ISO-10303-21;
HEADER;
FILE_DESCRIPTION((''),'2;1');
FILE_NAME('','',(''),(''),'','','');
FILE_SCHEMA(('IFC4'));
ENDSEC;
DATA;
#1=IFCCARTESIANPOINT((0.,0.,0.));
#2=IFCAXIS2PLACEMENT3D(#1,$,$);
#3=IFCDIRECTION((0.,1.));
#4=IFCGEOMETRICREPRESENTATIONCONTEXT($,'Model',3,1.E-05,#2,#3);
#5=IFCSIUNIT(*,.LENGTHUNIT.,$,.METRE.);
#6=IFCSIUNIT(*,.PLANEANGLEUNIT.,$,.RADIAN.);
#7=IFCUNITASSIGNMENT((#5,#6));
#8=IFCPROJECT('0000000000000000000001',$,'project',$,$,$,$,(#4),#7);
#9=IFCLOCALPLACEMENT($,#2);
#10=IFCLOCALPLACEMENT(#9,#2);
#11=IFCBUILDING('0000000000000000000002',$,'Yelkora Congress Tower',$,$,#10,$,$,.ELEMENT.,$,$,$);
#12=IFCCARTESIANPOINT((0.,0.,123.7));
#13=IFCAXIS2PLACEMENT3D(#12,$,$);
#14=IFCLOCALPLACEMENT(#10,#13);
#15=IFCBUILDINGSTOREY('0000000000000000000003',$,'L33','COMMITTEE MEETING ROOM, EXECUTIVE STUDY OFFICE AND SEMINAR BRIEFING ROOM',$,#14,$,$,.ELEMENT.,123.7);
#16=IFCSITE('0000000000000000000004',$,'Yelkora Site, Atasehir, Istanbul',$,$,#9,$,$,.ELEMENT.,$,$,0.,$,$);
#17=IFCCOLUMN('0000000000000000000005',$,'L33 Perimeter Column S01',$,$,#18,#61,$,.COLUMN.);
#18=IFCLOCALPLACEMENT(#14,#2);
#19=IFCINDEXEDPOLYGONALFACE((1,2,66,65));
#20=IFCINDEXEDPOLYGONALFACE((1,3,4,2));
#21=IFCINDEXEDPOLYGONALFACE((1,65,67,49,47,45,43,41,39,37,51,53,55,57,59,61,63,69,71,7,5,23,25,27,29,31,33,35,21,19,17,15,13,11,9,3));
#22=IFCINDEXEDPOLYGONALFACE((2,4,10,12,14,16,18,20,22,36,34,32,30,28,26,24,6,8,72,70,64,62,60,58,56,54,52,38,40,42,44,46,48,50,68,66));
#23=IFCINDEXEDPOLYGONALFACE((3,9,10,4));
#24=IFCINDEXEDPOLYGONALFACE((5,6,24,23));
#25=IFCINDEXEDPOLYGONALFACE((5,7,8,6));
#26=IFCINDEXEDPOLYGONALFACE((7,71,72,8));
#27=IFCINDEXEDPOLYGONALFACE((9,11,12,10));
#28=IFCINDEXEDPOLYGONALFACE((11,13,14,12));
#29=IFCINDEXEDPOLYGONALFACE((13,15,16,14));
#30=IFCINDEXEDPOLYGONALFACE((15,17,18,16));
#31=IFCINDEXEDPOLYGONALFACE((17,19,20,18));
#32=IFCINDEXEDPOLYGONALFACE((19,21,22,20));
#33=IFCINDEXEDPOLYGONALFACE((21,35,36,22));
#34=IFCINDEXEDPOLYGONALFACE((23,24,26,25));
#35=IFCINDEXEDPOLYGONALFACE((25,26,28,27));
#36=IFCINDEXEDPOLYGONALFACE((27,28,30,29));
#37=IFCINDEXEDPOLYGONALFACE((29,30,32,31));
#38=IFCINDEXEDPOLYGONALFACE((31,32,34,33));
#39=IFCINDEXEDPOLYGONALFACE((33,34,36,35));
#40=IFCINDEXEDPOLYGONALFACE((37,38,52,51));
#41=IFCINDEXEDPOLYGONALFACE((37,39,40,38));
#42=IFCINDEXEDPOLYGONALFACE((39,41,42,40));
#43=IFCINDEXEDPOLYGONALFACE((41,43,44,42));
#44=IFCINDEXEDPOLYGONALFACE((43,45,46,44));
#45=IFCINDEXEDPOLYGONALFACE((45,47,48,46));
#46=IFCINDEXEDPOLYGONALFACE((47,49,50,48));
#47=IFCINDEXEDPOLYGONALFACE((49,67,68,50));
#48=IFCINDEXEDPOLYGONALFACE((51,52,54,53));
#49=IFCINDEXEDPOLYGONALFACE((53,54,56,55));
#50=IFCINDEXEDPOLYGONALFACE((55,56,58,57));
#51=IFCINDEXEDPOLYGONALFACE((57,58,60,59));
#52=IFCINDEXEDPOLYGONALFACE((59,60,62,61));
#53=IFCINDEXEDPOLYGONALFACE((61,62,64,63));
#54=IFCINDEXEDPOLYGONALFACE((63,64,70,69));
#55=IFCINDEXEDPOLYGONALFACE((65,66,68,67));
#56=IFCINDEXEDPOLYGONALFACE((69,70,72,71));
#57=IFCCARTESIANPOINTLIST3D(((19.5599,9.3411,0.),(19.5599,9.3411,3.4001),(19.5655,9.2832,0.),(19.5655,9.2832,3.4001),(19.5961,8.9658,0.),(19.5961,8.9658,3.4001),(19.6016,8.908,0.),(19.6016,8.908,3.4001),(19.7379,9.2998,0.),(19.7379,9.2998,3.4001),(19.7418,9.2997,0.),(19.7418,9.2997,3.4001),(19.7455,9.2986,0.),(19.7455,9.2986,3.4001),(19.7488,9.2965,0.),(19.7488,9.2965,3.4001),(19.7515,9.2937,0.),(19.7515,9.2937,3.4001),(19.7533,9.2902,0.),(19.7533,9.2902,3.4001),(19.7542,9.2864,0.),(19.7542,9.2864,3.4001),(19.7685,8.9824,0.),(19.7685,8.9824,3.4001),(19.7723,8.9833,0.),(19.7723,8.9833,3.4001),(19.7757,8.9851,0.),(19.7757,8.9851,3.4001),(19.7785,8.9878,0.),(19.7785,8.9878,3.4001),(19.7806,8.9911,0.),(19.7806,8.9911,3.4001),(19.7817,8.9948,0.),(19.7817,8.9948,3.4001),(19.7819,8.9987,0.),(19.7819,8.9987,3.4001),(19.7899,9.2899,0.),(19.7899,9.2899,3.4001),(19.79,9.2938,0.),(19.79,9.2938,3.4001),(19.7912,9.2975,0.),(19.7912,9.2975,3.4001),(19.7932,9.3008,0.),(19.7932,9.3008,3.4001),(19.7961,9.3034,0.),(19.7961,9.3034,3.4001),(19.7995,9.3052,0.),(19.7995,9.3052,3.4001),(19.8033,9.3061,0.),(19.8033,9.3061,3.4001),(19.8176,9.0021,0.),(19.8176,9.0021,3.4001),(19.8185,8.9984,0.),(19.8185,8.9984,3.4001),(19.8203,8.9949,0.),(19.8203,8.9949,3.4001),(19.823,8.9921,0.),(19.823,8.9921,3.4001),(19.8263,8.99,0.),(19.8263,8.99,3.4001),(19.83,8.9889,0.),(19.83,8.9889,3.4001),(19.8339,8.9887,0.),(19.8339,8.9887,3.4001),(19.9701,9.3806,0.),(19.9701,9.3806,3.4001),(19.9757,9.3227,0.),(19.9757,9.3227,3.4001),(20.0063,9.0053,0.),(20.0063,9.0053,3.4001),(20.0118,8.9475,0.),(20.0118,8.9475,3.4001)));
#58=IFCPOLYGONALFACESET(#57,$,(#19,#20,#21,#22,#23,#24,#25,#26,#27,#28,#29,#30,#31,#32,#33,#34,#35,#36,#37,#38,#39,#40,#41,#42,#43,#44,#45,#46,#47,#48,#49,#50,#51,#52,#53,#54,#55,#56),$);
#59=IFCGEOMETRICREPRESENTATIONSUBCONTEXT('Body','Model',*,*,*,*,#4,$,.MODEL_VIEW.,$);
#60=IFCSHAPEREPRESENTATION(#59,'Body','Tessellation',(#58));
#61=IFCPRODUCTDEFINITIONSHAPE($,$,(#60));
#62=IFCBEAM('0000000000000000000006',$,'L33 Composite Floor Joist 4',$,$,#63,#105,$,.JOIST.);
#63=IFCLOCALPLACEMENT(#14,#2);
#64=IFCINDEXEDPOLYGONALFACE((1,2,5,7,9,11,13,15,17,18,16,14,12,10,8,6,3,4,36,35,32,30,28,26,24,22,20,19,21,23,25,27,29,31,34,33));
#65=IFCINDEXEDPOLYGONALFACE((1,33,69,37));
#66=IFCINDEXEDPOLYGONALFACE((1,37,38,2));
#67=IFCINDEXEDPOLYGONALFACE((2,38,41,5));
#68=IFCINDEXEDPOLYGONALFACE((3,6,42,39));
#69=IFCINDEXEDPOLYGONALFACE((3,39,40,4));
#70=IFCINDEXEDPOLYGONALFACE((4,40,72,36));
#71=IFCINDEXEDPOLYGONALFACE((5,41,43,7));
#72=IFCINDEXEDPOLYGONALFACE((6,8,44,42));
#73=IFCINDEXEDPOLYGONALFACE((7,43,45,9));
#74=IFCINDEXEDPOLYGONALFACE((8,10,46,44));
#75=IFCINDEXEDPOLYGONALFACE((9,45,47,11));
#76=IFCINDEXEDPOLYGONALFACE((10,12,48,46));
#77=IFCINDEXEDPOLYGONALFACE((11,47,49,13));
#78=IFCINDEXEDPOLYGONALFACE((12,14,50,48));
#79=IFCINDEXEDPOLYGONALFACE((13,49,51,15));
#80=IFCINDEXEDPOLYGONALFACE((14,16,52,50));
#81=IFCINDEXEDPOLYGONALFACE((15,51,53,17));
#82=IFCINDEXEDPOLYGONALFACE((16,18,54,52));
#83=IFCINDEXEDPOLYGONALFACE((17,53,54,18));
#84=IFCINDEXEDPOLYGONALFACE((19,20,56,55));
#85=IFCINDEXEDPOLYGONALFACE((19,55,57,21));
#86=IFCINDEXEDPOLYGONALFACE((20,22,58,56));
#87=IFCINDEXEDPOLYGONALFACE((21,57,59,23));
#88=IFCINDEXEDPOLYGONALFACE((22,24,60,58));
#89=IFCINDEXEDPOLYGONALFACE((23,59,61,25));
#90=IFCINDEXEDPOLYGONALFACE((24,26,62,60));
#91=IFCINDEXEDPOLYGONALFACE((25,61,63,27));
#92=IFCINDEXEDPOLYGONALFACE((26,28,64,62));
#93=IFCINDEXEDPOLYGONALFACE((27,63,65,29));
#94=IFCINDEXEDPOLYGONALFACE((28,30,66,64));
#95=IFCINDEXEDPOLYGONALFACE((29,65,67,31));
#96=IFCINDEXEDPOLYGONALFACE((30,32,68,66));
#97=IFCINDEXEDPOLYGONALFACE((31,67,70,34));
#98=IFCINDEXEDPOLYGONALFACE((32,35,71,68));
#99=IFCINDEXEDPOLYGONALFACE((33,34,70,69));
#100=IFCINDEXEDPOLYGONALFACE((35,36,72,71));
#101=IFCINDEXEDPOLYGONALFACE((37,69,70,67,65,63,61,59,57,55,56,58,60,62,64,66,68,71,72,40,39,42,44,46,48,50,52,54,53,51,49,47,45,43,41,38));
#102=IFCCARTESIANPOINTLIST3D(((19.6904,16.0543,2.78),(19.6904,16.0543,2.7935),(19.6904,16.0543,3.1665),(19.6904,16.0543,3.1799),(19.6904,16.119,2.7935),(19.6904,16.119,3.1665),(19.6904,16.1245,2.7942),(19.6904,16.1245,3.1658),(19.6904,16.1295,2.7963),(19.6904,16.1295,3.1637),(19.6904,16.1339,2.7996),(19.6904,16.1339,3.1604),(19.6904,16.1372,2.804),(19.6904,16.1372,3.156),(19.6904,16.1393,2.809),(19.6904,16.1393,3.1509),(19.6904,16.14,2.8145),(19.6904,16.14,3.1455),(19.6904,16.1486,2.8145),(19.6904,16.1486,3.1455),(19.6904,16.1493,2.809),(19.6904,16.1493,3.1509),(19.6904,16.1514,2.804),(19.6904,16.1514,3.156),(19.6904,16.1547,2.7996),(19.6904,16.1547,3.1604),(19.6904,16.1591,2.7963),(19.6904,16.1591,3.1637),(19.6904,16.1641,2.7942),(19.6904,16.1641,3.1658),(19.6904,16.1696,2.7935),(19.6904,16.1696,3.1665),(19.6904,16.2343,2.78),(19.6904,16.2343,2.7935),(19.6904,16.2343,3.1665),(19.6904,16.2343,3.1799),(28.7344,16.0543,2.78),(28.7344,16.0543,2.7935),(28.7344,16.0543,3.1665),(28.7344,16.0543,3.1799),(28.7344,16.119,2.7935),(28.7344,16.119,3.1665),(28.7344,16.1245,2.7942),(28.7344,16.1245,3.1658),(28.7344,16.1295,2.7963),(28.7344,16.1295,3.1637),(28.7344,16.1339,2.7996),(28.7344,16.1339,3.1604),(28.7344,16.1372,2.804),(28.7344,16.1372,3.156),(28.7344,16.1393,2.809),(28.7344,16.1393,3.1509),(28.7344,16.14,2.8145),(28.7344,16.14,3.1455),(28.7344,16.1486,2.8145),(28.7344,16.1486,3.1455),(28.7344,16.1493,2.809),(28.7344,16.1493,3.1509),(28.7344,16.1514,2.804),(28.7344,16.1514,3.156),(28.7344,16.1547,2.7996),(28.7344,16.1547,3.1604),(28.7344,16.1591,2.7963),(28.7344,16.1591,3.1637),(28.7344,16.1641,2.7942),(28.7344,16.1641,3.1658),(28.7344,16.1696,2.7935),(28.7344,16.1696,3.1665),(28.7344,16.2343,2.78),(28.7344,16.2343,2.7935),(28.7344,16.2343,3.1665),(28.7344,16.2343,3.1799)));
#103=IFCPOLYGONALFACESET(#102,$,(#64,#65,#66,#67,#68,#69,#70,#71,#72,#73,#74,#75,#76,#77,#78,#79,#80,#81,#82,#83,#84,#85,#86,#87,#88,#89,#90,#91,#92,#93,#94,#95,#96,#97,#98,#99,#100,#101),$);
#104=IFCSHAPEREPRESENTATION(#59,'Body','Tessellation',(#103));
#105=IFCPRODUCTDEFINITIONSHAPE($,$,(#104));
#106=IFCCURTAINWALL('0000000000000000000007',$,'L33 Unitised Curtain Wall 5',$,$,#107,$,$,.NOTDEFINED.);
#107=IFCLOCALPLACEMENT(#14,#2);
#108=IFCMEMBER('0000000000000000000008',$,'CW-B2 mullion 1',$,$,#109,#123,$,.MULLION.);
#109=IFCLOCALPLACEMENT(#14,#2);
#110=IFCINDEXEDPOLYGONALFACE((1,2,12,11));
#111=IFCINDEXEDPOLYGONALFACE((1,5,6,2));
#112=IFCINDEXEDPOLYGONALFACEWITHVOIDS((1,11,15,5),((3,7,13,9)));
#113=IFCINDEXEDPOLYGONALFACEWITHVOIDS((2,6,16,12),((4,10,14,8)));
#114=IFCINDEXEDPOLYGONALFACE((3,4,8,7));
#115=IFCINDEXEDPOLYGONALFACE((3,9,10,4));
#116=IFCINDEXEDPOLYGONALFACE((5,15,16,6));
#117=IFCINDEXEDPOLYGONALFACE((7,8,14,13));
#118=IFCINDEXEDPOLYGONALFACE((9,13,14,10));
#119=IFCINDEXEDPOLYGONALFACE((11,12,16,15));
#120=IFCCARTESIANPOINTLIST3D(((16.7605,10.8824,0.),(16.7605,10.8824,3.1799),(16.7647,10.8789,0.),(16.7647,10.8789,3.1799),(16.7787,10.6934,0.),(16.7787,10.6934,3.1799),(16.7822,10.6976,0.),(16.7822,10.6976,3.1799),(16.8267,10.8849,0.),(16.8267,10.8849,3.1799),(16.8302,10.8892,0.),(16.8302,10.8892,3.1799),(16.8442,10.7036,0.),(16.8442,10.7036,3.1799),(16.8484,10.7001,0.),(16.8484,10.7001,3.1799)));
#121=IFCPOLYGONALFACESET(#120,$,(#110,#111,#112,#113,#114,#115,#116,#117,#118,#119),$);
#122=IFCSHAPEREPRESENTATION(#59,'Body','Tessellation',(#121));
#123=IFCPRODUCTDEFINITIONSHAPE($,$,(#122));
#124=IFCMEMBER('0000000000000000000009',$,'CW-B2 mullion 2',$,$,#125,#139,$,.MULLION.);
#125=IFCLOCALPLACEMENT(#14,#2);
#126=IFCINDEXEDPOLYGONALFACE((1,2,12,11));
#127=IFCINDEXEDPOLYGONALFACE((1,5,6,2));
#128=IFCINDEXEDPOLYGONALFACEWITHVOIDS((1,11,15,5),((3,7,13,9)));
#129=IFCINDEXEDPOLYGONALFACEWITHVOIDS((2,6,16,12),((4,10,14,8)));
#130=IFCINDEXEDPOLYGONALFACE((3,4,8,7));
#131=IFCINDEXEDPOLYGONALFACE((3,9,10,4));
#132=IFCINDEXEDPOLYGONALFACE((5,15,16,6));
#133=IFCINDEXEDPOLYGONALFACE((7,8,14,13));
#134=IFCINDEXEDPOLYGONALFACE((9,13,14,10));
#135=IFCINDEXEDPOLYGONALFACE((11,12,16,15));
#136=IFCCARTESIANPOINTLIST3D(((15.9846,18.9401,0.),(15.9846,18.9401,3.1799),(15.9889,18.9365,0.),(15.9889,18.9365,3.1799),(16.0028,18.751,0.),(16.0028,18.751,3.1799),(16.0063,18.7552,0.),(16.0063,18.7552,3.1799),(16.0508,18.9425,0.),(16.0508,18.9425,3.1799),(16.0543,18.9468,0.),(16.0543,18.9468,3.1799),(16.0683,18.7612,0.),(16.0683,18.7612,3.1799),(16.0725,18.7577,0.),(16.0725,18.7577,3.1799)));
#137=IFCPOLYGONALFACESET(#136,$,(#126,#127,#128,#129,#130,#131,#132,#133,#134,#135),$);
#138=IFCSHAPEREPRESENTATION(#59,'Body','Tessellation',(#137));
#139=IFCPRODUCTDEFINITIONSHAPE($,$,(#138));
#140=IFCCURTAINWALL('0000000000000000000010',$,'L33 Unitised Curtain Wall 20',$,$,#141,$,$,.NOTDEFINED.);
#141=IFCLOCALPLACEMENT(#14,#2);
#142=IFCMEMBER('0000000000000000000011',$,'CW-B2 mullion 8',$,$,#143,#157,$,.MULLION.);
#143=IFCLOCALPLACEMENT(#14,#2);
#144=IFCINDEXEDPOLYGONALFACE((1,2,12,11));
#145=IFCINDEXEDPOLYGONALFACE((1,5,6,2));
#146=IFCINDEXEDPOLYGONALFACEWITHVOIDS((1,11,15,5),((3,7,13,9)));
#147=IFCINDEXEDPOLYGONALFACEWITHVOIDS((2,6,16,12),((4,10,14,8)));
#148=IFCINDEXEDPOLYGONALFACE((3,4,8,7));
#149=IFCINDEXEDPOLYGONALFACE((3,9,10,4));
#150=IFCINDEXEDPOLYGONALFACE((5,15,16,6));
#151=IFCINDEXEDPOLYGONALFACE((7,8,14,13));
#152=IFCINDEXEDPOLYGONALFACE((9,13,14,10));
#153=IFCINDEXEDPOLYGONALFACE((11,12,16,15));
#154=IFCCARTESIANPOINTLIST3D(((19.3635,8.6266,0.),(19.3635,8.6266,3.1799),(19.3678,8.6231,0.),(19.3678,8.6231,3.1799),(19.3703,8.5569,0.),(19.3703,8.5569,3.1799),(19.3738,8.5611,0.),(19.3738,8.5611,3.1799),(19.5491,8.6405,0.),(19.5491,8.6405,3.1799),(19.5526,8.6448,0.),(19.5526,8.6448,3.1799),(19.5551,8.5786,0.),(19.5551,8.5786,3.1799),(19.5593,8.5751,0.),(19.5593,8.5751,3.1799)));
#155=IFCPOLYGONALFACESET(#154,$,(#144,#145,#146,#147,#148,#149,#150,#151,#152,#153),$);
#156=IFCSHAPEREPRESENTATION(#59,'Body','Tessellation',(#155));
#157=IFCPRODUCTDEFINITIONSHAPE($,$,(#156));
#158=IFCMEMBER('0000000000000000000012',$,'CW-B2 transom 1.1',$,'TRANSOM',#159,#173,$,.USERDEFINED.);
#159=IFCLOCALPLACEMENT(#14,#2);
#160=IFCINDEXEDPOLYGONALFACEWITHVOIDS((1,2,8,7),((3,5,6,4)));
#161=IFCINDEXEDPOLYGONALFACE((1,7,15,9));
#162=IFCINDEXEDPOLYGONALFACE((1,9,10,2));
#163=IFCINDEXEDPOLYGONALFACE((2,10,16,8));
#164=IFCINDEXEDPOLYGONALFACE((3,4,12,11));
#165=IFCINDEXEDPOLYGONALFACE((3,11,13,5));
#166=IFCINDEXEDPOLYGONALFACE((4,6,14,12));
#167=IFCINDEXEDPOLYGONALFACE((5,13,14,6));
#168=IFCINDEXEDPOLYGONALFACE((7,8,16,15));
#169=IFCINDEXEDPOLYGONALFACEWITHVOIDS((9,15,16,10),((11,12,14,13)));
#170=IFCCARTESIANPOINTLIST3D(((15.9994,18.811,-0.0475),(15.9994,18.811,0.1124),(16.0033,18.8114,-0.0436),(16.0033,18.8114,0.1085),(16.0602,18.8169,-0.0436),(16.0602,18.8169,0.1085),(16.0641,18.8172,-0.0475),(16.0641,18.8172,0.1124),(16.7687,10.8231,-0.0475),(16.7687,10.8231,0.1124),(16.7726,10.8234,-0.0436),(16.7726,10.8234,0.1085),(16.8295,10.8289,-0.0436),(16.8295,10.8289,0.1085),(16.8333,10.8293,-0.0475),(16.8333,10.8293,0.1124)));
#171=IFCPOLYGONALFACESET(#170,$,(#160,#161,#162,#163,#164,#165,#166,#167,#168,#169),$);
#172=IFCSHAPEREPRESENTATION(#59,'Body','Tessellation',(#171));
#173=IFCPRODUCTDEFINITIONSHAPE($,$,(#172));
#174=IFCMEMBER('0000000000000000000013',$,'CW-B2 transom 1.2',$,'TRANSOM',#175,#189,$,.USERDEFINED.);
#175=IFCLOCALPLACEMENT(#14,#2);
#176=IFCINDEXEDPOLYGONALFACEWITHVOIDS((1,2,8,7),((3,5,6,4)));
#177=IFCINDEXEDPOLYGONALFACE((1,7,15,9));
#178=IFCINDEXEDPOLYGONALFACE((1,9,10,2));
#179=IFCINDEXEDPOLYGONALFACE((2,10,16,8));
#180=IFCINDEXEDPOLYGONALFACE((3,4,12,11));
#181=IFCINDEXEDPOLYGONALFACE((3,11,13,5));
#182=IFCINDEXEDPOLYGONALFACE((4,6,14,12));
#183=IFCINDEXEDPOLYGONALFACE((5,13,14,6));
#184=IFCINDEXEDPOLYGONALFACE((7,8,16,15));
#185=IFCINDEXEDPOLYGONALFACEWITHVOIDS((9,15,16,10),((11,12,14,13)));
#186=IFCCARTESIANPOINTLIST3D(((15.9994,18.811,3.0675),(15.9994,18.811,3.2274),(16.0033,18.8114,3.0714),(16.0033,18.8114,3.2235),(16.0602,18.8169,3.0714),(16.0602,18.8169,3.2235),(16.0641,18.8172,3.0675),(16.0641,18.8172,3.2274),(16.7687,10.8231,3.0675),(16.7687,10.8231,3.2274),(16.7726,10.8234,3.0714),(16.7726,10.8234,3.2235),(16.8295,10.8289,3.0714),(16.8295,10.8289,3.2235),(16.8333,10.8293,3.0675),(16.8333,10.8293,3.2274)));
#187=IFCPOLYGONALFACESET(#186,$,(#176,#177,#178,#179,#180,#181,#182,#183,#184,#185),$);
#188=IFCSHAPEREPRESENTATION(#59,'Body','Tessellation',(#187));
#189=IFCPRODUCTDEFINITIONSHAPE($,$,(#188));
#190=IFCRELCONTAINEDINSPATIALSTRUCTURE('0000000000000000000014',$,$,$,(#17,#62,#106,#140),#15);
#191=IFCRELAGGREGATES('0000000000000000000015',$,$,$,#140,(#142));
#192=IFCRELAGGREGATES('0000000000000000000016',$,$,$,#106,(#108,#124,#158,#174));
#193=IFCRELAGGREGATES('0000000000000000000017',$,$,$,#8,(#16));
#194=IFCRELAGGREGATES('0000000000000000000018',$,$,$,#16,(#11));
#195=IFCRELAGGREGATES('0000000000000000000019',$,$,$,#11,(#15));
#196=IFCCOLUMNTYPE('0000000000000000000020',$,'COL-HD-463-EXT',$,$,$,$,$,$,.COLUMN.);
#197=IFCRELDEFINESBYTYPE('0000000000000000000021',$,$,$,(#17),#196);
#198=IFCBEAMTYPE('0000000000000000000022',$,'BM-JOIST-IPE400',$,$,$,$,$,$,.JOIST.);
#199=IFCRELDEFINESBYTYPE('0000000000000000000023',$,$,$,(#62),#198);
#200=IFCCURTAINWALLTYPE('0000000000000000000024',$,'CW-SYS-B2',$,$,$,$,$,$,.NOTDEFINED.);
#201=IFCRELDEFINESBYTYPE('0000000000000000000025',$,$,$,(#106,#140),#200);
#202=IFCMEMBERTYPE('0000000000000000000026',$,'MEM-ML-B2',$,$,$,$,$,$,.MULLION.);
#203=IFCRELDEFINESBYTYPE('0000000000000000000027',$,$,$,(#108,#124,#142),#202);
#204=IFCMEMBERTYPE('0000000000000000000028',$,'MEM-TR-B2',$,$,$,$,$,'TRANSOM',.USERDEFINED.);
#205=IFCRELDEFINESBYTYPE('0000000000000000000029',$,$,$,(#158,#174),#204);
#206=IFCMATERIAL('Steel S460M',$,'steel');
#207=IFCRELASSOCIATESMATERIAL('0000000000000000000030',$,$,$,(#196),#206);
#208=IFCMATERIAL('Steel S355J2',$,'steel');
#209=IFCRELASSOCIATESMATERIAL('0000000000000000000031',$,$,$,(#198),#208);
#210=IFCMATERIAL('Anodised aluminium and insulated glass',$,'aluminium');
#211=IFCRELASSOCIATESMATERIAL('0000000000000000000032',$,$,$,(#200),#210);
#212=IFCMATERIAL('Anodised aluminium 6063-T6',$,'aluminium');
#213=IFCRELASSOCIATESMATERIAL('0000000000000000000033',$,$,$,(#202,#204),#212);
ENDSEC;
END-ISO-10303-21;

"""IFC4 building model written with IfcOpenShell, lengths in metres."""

from ifc_helpers import new_model, si_unit, direction, frame, origin, origin_2d, place, context, subcontext, project, spatial, hollow_rectangle, i_section, extrude, material, material_profile, profile_set, type_object, element, aggregate, save


model = new_model("IFC4")

# Units and contexts
model_context = context("Model", 3, precision=1e-05, world=origin(), true_north=direction((0.0, 1.0)))
body_context = subcontext(model_context, "Body", "Model", "MODEL_VIEW")
ifc_project = project(units=[si_unit("LENGTHUNIT", "METRE"), si_unit("PLANEANGLEUNIT", "RADIAN")], contexts=[model_context])

# Site, building, storey
site_placement = place(None, origin())
site = spatial("IfcSite", under=ifc_project, at=site_placement, Name="Yelkora Site, Atasehir, Istanbul", CompositionType="ELEMENT", RefElevation=0.0)
building_placement = place(site_placement, origin())
building = spatial("IfcBuilding", under=site, at=building_placement, Name="Yelkora Congress Tower", CompositionType="ELEMENT")
storey_placement = place(building_placement, frame((0.0, 0.0, 123.7)))
storey = spatial("IfcBuildingStorey", under=building, at=storey_placement, Name="L33", Description="COMMITTEE MEETING ROOM, EXECUTIVE STUDY OFFICE AND SEMINAR BRIEFING ROOM", CompositionType="ELEMENT", Elevation=123.7)

# Column
ifc_material_1 = material(Name="Steel S460M", Category="steel")
ifc_material_profile_1 = material_profile(ifc_material_1, i_section(OverallWidth=0.4121, OverallDepth=0.4351, WebThickness=0.0359, FlangeThickness=0.0581, FilletRadius=0.0149, at=origin_2d()), Name="HD 400x463")
ifc_profile_set_1 = profile_set([ifc_material_profile_1], Name="Steel S460M")
column_type = type_object("IfcColumnType", Name="COL-HD-463-EXT", PredefinedType="COLUMN", material=ifc_profile_set_1)
column_placement = place(storey_placement, frame((19.7859, 9.1443, 0.0), z_axis=(0.0, 0.0, 1.0), x_axis=(0.995396, 0.095846, 0.0)))
element("IfcColumn", 1, at=column_placement, inside=storey, type_object=column_type, Name="L33 Perimeter Column S01", PredefinedType="COLUMN", context=body_context, shape_type="SweptSolid", body=[
    extrude(i_section(OverallWidth=0.4121, OverallDepth=0.4351, WebThickness=0.0359, FlangeThickness=0.0581, FilletRadius=0.0149, at=origin_2d()), origin(), (0.0, 0.0, 1.0), 3.4001),
])

# Beam
ifc_material_2 = material(Name="Steel S355J2", Category="steel")
ifc_material_profile_2 = material_profile(ifc_material_2, i_section(OverallWidth=0.1799, OverallDepth=0.3999, WebThickness=0.0085, FlangeThickness=0.0134, FilletRadius=0.021, at=origin_2d()), Name="IPE 400")
ifc_profile_set_2 = profile_set([ifc_material_profile_2], Name="Steel S355J2")
beam_type = type_object("IfcBeamType", Name="BM-JOIST-IPE400", PredefinedType="JOIST", material=ifc_profile_set_2)
beam_placement = place(storey_placement, frame((19.6904, 16.1443, 2.98), z_axis=(1.0, 0.0, 0.0), x_axis=(0.0, 1.0, 0.0)))
element("IfcBeam", 2, at=beam_placement, inside=storey, type_object=beam_type, Name="L33 Composite Floor Joist 4", PredefinedType="JOIST", context=body_context, shape_type="SweptSolid", body=[
    extrude(i_section(OverallWidth=0.1799, OverallDepth=0.3999, WebThickness=0.0085, FlangeThickness=0.0134, FilletRadius=0.021, at=origin_2d()), origin(), (0.0, 0.0, 1.0), 9.0439),
])

# Curtain wall, members
ifc_material_3 = material(Name="Anodised aluminium and insulated glass", Category="aluminium")
curtain_wall_type = type_object("IfcCurtainWallType", Name="CW-SYS-B2", PredefinedType="NOTDEFINED", material=ifc_material_3)
curtain_wall_1_placement = place(storey_placement, origin())
curtain_wall_1 = element("IfcCurtainWall", 3, at=curtain_wall_1_placement, inside=storey, type_object=curtain_wall_type, Name="L33 Unitised Curtain Wall 5", PredefinedType="NOTDEFINED")
ifc_material_4 = material(Name="Anodised aluminium 6063-T6", Category="aluminium")
ifc_material_profile_3 = material_profile(ifc_material_4, hollow_rectangle(XDim=0.0701, YDim=0.1899, WallThickness=0.0039, at=origin_2d()), Name="ALU 70x190x4")
ifc_profile_set_3 = profile_set([ifc_material_profile_3], Name="Anodised aluminium 6063-T6")
member_type_1 = type_object("IfcMemberType", Name="MEM-ML-B2", PredefinedType="MULLION", material=ifc_profile_set_3)
member_1_placement = place(storey_placement, frame((16.8044, 10.7913, 0.0), z_axis=(0.0, 0.0, 1.0), x_axis=(-0.995397, -0.095843, 0.0)))
member_1 = element("IfcMember", 4, at=member_1_placement, type_object=member_type_1, Name="CW-B2 mullion 1", PredefinedType="MULLION", context=body_context, shape_type="SweptSolid", body=[
    extrude(hollow_rectangle(XDim=0.0701, YDim=0.1899, WallThickness=0.0039, at=origin_2d()), origin(), (0.0, 0.0, 1.0), 3.1799),
])
member_2_placement = place(storey_placement, frame((16.0286, 18.8489, 0.0), z_axis=(0.0, 0.0, 1.0), x_axis=(-0.995397, -0.095843, 0.0)))
member_2 = element("IfcMember", 5, at=member_2_placement, type_object=member_type_1, Name="CW-B2 mullion 2", PredefinedType="MULLION", context=body_context, shape_type="SweptSolid", body=[
    extrude(hollow_rectangle(XDim=0.0701, YDim=0.1899, WallThickness=0.0039, at=origin_2d()), origin(), (0.0, 0.0, 1.0), 3.1799),
])

# Curtain wall, member
curtain_wall_2_placement = place(storey_placement, origin())
curtain_wall_2 = element("IfcCurtainWall", 6, at=curtain_wall_2_placement, inside=storey, type_object=curtain_wall_type, Name="L33 Unitised Curtain Wall 20", PredefinedType="NOTDEFINED")
member_3_placement = place(storey_placement, frame((19.4614, 8.6008, 0.0), z_axis=(0.0, 0.0, 1.0), x_axis=(0.095844, -0.995396, 0.0)))
member_3 = element("IfcMember", 7, at=member_3_placement, type_object=member_type_1, Name="CW-B2 mullion 8", PredefinedType="MULLION", context=body_context, shape_type="SweptSolid", body=[
    extrude(hollow_rectangle(XDim=0.0701, YDim=0.1899, WallThickness=0.0039, at=origin_2d()), origin(), (0.0, 0.0, 1.0), 3.1799),
])
aggregate(curtain_wall_2, [member_3])

# Members
ifc_material_profile_4 = material_profile(ifc_material_4, hollow_rectangle(XDim=0.0649, YDim=0.1599, WallThickness=0.0039, at=origin_2d()), Name="ALU 65x160x4")
ifc_profile_set_4 = profile_set([ifc_material_profile_4], Name="Anodised aluminium 6063-T6")
member_type_2 = type_object("IfcMemberType", Name="MEM-TR-B2", ElementType="TRANSOM", PredefinedType="USERDEFINED", material=ifc_profile_set_4)
member_4_placement = place(storey_placement, frame((16.801, 10.8262, 0.0325), z_axis=(-0.095861, 0.995395, 0.0), x_axis=(-0.995395, -0.095861, 0.0)))
member_4 = element("IfcMember", 8, at=member_4_placement, type_object=member_type_2, Name="CW-B2 transom 1.1", ObjectType="TRANSOM", PredefinedType="USERDEFINED", context=body_context, shape_type="SweptSolid", body=[
    extrude(hollow_rectangle(XDim=0.0649, YDim=0.1599, WallThickness=0.0039, at=origin_2d()), origin(), (0.0, 0.0, 1.0), 8.0249),
])
member_5_placement = place(storey_placement, frame((16.801, 10.8262, 3.1475), z_axis=(-0.095861, 0.995395, 0.0), x_axis=(-0.995395, -0.095861, 0.0)))
member_5 = element("IfcMember", 9, at=member_5_placement, type_object=member_type_2, Name="CW-B2 transom 1.2", ObjectType="TRANSOM", PredefinedType="USERDEFINED", context=body_context, shape_type="SweptSolid", body=[
    extrude(hollow_rectangle(XDim=0.0649, YDim=0.1599, WallThickness=0.0039, at=origin_2d()), origin(), (0.0, 0.0, 1.0), 8.0249),
])

aggregate(curtain_wall_1, [member_1, member_2, member_4, member_5])

save(model, "model.ifc")
